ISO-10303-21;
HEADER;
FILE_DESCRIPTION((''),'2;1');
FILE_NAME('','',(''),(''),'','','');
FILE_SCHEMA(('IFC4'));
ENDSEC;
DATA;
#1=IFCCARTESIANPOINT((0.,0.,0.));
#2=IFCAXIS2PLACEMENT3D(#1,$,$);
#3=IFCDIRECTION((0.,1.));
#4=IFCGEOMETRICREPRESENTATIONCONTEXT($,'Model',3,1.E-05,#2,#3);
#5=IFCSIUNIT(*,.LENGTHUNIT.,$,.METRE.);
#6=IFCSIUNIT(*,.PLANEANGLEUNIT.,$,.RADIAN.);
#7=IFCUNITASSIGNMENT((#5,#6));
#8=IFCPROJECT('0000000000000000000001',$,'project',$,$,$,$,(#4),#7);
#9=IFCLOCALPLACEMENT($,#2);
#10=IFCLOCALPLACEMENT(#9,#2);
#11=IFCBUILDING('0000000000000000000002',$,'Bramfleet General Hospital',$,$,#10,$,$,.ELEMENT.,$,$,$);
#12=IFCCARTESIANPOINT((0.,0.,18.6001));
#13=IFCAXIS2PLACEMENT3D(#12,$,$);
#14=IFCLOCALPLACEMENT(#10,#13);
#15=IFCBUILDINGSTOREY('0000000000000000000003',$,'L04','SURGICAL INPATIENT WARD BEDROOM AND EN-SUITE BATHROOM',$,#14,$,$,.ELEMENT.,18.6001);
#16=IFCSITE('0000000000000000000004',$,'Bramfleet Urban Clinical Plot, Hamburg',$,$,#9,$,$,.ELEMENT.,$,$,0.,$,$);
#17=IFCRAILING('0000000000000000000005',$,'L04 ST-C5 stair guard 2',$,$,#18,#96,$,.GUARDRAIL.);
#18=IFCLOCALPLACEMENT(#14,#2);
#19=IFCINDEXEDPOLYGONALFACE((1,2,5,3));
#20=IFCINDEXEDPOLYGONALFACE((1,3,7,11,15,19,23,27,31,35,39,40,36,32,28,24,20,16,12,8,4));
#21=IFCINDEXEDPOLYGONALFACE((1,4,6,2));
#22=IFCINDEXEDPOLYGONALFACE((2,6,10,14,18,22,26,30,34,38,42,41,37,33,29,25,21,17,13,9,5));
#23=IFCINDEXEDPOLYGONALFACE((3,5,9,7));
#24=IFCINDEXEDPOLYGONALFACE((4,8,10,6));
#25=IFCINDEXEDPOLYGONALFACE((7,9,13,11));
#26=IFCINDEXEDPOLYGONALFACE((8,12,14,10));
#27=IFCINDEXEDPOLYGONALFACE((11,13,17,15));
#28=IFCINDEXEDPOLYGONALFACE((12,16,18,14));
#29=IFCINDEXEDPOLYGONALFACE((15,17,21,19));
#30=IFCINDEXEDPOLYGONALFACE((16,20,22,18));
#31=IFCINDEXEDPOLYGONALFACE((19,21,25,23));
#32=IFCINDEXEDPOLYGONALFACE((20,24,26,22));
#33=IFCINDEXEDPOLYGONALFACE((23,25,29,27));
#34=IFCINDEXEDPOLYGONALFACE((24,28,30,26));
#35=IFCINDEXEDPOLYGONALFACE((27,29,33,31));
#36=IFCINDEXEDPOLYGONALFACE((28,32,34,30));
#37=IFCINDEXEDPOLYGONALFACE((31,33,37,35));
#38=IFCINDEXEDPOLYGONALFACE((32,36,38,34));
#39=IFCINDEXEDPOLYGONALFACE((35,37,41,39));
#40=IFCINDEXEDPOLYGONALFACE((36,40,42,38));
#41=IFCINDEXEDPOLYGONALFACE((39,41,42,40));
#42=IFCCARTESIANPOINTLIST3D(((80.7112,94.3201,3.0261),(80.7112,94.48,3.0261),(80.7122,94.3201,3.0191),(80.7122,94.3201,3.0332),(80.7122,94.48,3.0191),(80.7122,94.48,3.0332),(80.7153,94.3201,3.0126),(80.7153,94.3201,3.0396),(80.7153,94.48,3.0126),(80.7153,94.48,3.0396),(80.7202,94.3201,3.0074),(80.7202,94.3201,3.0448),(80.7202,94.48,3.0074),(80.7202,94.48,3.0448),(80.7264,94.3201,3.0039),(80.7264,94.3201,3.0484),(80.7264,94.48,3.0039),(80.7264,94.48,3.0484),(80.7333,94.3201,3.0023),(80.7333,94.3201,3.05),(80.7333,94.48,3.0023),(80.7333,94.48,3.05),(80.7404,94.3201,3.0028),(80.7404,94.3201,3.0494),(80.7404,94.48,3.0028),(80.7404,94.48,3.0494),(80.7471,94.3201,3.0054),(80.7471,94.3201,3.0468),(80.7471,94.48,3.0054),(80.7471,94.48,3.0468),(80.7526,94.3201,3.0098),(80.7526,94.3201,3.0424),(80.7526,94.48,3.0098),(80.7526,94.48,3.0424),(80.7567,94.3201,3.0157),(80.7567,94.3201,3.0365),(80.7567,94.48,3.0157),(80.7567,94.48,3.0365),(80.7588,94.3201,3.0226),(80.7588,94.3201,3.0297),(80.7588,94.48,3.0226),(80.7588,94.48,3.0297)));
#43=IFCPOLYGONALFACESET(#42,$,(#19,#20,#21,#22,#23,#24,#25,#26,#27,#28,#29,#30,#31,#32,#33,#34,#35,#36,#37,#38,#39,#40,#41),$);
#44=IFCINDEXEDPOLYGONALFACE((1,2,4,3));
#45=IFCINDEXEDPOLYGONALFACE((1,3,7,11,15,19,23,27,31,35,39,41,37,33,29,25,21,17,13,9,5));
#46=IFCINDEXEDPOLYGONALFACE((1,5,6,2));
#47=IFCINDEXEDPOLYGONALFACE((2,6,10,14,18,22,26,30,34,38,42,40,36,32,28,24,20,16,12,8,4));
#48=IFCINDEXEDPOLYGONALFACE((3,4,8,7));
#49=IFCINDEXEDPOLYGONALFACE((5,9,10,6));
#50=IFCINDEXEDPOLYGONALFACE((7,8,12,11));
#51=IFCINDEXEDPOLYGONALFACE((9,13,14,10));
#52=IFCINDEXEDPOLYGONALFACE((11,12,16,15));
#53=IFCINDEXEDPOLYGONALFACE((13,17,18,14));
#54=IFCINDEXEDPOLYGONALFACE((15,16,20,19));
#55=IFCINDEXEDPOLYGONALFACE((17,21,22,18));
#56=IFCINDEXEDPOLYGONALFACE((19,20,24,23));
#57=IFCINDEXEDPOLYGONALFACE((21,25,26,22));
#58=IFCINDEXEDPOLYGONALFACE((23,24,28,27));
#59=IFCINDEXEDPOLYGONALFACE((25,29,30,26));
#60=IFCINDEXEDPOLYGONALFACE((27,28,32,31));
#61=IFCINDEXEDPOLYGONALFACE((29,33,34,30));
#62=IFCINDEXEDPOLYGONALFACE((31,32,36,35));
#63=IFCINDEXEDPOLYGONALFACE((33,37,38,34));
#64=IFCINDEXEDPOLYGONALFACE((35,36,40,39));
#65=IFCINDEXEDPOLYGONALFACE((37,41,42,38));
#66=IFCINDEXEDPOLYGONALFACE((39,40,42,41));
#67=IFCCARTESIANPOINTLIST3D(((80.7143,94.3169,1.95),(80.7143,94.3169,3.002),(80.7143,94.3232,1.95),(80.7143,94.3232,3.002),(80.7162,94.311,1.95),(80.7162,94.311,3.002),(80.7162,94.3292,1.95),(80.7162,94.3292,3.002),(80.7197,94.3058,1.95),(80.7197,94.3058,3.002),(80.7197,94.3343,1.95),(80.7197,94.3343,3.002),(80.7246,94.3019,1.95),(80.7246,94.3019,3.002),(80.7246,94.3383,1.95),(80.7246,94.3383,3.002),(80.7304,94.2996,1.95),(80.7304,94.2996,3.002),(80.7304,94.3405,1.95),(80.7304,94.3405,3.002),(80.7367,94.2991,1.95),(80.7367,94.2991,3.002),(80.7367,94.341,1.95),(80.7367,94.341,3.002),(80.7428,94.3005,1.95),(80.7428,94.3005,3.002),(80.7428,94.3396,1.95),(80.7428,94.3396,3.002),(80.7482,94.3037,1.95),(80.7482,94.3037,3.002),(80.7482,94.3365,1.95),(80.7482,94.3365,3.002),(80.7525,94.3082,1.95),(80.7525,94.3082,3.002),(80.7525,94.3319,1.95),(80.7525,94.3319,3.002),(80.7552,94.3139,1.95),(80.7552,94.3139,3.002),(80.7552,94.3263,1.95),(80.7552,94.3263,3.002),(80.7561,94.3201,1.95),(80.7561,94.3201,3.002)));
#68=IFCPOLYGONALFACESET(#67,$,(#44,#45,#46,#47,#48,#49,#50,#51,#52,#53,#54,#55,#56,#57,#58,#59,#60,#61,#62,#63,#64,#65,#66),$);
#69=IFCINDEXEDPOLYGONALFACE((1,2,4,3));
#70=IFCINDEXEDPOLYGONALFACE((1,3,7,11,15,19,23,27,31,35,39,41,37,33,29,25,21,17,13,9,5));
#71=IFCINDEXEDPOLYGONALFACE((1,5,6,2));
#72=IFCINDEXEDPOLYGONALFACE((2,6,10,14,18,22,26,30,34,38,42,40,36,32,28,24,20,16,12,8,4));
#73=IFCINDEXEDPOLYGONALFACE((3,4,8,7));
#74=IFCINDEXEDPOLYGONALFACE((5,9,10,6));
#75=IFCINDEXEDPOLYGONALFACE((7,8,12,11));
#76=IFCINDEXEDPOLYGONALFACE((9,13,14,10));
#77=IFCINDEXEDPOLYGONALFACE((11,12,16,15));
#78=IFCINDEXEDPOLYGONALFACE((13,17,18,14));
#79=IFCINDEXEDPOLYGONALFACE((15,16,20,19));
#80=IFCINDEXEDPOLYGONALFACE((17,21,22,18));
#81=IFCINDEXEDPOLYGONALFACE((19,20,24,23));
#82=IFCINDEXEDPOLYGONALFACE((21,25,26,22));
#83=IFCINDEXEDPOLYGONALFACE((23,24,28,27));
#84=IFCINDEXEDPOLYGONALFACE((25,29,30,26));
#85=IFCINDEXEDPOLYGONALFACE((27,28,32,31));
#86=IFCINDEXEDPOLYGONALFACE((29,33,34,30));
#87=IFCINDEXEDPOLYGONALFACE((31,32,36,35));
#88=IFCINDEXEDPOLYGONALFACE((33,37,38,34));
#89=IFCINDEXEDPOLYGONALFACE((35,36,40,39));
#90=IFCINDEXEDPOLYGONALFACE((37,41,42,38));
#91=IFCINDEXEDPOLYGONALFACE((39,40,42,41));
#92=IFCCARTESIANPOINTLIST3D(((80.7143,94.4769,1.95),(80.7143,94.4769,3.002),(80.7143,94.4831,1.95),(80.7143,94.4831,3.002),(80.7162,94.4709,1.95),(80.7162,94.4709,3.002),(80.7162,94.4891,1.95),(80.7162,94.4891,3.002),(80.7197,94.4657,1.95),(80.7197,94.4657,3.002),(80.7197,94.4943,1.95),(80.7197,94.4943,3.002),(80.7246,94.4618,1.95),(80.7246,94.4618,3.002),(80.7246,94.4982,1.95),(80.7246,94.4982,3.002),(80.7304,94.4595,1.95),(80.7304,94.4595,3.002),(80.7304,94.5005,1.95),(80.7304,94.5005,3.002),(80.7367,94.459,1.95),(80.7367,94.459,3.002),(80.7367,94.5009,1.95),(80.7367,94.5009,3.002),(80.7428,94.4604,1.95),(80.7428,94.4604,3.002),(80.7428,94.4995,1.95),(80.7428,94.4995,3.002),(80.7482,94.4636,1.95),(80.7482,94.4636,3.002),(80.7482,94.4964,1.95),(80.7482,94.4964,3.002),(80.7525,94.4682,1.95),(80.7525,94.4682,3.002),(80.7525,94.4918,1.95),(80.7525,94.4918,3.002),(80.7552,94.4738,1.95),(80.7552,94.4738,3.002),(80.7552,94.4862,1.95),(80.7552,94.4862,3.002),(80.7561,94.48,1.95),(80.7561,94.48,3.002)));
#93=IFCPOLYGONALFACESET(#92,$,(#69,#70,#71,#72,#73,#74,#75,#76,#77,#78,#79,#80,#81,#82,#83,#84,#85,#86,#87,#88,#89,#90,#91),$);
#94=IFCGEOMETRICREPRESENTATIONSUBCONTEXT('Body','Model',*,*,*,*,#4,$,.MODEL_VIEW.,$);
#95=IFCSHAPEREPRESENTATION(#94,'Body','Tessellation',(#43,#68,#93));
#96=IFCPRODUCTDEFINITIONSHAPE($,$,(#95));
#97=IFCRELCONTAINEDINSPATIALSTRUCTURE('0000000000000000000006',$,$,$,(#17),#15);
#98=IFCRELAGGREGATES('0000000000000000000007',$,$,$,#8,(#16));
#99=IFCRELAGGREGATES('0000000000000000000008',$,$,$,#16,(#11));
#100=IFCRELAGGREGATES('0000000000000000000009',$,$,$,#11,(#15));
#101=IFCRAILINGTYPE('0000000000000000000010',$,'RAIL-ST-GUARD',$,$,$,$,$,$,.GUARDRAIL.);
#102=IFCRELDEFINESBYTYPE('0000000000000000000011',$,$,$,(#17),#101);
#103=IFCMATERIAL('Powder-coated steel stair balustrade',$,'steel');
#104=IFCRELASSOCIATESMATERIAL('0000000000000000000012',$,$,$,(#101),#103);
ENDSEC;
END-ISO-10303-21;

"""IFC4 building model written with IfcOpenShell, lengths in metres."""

from ifc_helpers import new_model, si_unit, direction, frame, origin, origin_2d, place, context, subcontext, project, spatial, circle, extrude, material, type_object, element, save


model = new_model("IFC4")

# Units and contexts
model_context = context("Model", 3, precision=1e-05, world=origin(), true_north=direction((0.0, 1.0)))
body_context = subcontext(model_context, "Body", "Model", "MODEL_VIEW")
ifc_project = project(units=[si_unit("LENGTHUNIT", "METRE"), si_unit("PLANEANGLEUNIT", "RADIAN")], contexts=[model_context])

# Site, building, storey
site_placement = place(None, origin())
site = spatial("IfcSite", under=ifc_project, at=site_placement, Name="Bramfleet Urban Clinical Plot, Hamburg", CompositionType="ELEMENT", RefElevation=0.0)
building_placement = place(site_placement, origin())
building = spatial("IfcBuilding", under=site, at=building_placement, Name="Bramfleet General Hospital", CompositionType="ELEMENT")
storey_placement = place(building_placement, frame((0.0, 0.0, 18.6001)))
storey = spatial("IfcBuildingStorey", under=building, at=storey_placement, Name="L04", Description="SURGICAL INPATIENT WARD BEDROOM AND EN-SUITE BATHROOM", CompositionType="ELEMENT", Elevation=18.6001)

# Railing
ifc_material_1 = material(Name="Powder-coated steel stair balustrade", Category="steel")
railing_type_1 = type_object("IfcRailingType", Name="RAIL-ST-GUARD", PredefinedType="GUARDRAIL", material=ifc_material_1)
railing_1_placement = place(storey_placement, frame((80.7351, 94.3201, 1.95)))
element("IfcRailing", 1, at=railing_1_placement, inside=storey, type_object=railing_type_1, Name="L04 ST-C5 stair guard 2", PredefinedType="GUARDRAIL", context=body_context, shape_type="SweptSolid", body=[
    extrude(circle(Radius=0.0239, at=origin_2d()), frame((0.0, 0.0, 1.0762), z_axis=(0.0, 1.0, 0.0), x_axis=(-1.0, 0.0, 0.0)), (0.0, 0.0, 1.0), 0.1599),
    extrude(circle(Radius=0.021, at=origin_2d()), origin(), (0.0, 0.0, 1.0), 1.052),
    extrude(circle(Radius=0.021, at=origin_2d()), frame((0.0, 0.1599, 0.0)), (0.0, 0.0, 1.0), 1.052),
])

save(model, "model.ifc")
